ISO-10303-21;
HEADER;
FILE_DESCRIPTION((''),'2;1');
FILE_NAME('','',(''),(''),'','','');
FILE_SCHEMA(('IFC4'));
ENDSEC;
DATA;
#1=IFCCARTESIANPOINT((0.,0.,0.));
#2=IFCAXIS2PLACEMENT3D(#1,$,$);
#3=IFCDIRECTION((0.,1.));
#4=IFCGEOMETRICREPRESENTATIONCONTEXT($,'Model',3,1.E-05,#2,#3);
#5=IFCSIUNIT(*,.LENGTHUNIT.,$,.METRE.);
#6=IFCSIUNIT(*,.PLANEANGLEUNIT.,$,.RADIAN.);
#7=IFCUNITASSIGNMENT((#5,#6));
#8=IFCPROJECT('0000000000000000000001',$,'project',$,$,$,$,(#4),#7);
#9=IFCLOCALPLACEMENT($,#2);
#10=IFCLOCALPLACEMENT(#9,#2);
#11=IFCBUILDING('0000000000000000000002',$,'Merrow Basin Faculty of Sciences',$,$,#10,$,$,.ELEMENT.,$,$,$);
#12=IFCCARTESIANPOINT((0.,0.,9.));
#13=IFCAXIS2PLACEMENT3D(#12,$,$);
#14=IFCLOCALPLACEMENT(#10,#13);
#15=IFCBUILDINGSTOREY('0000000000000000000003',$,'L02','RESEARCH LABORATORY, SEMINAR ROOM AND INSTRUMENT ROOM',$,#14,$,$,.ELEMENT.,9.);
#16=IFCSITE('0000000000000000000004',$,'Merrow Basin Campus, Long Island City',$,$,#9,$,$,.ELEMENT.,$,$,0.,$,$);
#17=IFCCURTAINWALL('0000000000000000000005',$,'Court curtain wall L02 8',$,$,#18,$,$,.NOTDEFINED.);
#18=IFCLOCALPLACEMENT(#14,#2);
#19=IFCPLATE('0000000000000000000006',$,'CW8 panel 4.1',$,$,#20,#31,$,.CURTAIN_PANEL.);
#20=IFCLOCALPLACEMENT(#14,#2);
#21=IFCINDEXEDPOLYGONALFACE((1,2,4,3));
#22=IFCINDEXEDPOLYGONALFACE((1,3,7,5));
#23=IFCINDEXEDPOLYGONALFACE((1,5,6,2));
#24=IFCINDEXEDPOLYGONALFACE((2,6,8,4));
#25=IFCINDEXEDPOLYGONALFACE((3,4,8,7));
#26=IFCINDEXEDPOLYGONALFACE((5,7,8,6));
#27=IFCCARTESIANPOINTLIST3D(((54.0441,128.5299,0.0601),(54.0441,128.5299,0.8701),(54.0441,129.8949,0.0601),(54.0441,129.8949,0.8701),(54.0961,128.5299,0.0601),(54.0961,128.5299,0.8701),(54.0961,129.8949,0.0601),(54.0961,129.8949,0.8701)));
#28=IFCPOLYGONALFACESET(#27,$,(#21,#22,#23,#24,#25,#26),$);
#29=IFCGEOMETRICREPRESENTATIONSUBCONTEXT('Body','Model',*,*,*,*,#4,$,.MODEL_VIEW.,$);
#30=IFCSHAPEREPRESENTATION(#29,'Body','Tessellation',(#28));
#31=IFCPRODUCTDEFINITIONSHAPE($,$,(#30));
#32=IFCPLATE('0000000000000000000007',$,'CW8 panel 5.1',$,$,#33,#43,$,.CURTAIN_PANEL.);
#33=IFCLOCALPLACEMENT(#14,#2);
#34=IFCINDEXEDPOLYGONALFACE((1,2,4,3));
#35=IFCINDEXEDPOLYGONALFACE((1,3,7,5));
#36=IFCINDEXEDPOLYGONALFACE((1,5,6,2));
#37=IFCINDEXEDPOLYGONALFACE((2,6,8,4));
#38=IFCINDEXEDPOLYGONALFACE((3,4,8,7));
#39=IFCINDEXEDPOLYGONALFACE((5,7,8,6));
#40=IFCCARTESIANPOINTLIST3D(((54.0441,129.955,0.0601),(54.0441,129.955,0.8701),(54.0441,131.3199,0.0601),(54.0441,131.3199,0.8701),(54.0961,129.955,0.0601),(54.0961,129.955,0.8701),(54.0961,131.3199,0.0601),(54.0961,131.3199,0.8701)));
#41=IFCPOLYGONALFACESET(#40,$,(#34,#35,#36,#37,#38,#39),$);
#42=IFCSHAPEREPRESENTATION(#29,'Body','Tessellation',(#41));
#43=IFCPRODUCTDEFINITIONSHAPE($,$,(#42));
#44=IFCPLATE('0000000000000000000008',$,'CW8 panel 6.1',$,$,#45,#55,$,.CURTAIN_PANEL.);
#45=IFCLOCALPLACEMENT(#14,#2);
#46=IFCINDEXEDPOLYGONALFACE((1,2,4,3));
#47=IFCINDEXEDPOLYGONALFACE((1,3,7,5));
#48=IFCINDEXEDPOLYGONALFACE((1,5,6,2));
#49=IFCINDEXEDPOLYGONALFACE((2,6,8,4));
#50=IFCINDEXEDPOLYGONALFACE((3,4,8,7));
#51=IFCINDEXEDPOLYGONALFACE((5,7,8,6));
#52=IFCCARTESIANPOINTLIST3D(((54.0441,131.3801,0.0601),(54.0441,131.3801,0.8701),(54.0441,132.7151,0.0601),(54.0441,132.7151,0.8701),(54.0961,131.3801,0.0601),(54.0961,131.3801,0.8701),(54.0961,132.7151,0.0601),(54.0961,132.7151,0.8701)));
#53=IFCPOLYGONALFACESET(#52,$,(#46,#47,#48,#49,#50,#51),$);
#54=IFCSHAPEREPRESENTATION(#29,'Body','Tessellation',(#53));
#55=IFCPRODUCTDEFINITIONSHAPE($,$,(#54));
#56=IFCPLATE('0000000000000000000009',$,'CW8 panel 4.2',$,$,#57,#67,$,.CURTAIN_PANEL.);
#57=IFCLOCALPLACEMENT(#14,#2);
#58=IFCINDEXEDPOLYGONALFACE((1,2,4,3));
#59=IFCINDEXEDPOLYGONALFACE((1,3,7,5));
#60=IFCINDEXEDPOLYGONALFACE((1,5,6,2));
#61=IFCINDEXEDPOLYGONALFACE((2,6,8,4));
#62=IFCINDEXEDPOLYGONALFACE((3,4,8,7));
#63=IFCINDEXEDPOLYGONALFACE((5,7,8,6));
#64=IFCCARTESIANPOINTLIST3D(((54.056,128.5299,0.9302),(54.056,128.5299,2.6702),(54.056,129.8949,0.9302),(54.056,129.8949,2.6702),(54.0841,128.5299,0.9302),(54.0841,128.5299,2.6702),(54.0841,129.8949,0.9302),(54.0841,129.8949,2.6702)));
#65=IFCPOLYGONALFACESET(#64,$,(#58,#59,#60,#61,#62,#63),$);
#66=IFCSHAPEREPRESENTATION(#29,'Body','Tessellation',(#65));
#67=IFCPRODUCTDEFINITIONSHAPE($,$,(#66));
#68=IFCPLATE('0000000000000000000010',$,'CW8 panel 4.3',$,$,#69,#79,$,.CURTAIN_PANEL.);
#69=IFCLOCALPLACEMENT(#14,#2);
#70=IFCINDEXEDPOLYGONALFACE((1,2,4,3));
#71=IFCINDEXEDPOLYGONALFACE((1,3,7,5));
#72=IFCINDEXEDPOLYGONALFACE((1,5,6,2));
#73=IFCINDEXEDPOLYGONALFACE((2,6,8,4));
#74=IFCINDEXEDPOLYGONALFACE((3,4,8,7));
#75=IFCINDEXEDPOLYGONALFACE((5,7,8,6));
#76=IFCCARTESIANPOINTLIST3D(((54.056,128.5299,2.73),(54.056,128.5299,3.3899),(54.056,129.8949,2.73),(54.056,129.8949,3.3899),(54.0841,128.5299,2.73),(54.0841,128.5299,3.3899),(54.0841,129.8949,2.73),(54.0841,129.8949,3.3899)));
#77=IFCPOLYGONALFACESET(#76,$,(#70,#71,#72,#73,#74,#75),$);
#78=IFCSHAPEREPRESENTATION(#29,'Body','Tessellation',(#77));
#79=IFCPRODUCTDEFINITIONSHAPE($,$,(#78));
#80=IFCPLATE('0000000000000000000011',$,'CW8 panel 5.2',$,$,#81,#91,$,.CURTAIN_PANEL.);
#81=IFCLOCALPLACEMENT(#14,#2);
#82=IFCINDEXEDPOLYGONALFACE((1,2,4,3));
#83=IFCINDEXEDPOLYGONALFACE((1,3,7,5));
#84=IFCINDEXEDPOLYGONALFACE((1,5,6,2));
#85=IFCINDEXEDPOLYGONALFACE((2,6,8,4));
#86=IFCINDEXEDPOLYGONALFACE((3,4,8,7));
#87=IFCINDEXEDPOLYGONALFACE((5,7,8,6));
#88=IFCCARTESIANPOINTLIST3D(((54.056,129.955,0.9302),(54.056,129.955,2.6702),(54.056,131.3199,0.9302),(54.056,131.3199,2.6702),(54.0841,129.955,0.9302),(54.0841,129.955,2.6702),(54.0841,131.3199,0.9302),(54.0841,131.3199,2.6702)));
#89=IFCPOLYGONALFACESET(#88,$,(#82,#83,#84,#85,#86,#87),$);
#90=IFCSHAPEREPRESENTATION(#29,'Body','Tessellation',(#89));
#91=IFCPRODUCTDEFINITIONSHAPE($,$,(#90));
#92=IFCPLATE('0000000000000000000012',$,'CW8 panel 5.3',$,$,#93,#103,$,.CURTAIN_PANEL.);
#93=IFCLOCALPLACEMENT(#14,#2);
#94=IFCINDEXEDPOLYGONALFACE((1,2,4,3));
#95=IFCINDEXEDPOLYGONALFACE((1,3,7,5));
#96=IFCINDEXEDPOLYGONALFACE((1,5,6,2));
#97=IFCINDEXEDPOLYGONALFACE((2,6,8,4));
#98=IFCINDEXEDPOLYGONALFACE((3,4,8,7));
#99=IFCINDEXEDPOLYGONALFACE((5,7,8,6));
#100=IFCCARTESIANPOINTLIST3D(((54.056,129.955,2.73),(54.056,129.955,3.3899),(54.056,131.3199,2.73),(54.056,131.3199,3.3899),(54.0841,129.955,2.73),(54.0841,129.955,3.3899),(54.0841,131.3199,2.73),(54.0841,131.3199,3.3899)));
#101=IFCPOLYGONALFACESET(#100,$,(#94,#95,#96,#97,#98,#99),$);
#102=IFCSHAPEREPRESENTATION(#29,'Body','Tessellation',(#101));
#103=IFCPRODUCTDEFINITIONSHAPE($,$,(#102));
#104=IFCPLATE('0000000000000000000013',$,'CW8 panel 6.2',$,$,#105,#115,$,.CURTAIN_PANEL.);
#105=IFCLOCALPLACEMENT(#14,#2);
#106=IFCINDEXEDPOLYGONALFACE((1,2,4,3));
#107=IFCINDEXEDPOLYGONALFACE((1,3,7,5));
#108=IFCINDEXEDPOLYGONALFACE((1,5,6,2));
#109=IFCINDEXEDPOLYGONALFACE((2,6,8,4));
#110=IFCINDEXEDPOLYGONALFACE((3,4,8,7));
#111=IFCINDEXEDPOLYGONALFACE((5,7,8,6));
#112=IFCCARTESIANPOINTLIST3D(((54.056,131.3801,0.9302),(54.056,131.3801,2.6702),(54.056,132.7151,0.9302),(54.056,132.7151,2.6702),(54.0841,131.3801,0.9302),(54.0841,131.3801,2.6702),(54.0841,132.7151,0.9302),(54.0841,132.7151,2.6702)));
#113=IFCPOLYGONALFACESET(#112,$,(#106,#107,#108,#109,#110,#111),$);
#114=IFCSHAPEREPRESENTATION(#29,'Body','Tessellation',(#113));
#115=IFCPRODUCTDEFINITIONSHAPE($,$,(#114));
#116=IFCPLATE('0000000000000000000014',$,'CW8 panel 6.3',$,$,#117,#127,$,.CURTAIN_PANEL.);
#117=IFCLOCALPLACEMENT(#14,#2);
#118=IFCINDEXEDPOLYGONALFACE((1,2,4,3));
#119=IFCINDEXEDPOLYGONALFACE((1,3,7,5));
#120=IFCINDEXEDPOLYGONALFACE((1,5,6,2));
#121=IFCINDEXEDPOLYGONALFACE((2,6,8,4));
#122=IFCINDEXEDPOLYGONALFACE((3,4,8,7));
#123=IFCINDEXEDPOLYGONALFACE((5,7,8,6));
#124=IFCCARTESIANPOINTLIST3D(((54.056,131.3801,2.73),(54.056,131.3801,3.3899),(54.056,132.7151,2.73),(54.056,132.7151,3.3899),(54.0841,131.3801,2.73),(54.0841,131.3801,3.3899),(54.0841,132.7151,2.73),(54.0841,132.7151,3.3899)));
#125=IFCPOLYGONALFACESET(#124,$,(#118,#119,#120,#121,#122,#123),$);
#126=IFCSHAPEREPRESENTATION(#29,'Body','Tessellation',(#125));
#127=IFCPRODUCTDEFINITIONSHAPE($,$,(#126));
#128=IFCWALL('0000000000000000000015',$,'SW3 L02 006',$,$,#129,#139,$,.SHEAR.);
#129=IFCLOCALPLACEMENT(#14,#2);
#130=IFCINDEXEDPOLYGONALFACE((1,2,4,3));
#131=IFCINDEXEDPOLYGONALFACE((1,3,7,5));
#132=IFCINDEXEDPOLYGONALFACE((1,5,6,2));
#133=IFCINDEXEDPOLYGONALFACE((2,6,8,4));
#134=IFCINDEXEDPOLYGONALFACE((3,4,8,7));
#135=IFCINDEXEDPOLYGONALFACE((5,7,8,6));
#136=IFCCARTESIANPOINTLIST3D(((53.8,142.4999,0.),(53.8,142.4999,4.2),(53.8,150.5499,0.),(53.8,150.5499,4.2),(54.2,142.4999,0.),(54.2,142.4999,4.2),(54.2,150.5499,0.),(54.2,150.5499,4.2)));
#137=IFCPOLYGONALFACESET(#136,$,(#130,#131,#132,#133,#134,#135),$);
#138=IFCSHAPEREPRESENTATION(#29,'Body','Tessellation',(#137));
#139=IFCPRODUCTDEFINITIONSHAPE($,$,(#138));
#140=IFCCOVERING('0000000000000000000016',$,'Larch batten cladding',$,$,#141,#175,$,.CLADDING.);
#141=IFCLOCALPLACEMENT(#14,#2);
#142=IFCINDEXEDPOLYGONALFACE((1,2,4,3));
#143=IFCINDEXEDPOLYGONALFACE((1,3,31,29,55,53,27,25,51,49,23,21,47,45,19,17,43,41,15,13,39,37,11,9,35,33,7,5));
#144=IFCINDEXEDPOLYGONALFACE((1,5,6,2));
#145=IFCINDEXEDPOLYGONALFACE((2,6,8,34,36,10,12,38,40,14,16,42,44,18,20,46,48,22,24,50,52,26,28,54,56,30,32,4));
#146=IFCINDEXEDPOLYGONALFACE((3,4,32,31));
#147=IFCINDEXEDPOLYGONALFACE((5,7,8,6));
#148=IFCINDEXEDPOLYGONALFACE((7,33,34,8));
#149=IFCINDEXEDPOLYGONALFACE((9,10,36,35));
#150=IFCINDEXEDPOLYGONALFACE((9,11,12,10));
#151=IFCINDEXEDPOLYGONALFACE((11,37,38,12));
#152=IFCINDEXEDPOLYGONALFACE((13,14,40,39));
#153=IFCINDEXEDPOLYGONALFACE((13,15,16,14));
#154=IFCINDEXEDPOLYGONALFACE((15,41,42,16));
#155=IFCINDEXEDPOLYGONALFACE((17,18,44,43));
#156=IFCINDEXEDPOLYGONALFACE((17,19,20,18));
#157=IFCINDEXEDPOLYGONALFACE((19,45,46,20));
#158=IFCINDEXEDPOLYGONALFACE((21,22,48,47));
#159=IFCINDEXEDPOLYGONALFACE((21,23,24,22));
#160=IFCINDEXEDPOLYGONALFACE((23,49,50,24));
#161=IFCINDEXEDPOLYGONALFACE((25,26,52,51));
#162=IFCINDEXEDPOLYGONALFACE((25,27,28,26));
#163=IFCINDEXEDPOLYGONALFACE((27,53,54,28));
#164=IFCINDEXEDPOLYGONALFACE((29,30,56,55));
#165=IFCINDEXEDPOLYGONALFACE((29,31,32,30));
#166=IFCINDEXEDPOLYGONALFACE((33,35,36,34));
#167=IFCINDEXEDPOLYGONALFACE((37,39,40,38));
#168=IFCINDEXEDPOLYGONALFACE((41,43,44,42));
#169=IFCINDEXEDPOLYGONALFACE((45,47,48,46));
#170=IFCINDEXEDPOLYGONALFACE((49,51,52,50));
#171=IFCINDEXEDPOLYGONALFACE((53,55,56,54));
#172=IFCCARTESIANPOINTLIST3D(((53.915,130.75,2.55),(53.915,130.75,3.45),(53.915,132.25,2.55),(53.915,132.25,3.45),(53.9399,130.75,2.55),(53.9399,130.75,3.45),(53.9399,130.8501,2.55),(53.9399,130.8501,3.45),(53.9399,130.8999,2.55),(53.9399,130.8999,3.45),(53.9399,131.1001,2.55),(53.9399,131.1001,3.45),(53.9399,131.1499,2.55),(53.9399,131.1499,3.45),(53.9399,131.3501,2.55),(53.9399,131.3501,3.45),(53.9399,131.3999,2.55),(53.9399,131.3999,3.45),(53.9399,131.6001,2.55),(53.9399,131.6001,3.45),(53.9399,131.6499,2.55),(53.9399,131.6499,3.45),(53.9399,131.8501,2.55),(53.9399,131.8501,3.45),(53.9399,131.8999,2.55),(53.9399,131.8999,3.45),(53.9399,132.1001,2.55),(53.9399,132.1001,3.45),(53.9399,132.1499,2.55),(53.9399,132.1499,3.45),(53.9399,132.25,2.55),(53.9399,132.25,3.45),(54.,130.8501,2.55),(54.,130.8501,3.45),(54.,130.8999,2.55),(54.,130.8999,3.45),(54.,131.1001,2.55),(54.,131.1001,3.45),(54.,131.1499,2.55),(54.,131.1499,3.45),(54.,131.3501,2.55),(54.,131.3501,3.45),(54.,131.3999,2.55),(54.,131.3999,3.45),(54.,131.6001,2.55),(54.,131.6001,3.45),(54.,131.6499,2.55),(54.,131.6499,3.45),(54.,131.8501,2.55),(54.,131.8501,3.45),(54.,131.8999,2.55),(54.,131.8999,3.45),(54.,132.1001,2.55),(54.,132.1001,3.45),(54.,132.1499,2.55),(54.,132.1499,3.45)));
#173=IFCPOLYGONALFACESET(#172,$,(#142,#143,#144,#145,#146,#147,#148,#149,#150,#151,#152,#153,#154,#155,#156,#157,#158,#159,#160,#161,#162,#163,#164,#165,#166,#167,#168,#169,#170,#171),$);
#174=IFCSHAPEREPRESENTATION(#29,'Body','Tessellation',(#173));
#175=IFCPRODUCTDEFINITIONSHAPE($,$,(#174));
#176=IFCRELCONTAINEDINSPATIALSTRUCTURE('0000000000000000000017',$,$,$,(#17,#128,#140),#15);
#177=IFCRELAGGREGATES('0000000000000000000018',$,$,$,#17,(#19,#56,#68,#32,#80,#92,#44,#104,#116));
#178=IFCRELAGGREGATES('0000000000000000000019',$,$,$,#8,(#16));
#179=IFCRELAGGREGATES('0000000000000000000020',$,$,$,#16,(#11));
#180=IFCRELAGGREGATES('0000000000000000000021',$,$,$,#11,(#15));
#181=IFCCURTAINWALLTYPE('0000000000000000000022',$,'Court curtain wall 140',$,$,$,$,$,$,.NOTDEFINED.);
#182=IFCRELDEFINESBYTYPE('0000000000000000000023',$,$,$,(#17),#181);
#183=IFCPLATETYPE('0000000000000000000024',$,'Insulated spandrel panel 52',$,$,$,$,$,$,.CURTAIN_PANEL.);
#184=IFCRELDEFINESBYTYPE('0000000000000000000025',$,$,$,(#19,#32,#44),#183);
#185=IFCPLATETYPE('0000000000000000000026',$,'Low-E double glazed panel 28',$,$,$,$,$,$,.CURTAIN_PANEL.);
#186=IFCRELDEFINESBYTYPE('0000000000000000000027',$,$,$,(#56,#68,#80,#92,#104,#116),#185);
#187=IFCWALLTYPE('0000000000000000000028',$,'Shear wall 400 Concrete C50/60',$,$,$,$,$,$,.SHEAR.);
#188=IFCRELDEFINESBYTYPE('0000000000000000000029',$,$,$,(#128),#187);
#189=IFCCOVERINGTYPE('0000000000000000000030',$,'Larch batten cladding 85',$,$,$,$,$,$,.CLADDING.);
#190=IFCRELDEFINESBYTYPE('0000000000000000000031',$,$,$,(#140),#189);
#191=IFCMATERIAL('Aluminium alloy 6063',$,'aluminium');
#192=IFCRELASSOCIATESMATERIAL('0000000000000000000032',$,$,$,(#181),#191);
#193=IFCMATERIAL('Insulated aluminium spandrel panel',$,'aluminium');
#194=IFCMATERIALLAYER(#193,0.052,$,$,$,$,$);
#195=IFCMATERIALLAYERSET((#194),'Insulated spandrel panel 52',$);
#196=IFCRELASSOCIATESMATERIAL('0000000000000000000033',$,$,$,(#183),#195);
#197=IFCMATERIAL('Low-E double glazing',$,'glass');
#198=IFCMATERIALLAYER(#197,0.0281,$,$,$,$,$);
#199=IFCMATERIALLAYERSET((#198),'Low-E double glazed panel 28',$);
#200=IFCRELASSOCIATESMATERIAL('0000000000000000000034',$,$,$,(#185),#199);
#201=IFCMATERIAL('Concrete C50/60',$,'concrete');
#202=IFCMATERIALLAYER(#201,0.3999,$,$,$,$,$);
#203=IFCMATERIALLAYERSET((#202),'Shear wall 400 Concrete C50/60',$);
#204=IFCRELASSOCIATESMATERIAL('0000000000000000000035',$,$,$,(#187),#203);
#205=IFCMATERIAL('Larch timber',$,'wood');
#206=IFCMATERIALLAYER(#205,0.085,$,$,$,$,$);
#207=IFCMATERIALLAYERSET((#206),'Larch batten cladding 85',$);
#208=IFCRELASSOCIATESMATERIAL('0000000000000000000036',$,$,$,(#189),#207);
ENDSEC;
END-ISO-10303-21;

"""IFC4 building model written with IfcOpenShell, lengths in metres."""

from ifc_helpers import new_model, si_unit, direction, frame, frame_2d, origin, origin_2d, place, context, subcontext, project, spatial, polyline, rectangle, outline, extrude, source, transform, mapped, material, layer, layer_set, type_object, element, aggregate, save


model = new_model("IFC4")

# Units and contexts
model_context = context("Model", 3, precision=1e-05, world=origin(), true_north=direction((0.0, 1.0)))
body_context = subcontext(model_context, "Body", "Model", "MODEL_VIEW")
ifc_project = project(units=[si_unit("LENGTHUNIT", "METRE"), si_unit("PLANEANGLEUNIT", "RADIAN")], contexts=[model_context])

# Site, building, storey
site_placement = place(None, origin())
site = spatial("IfcSite", under=ifc_project, at=site_placement, Name="Merrow Basin Campus, Long Island City", CompositionType="ELEMENT", RefElevation=0.0)
building_placement = place(site_placement, origin())
building = spatial("IfcBuilding", under=site, at=building_placement, Name="Merrow Basin Faculty of Sciences", CompositionType="ELEMENT")
storey_placement = place(building_placement, frame((0.0, 0.0, 9.0)))
storey = spatial("IfcBuildingStorey", under=building, at=storey_placement, Name="L02", Description="RESEARCH LABORATORY, SEMINAR ROOM AND INSTRUMENT ROOM", CompositionType="ELEMENT", Elevation=9.0)

# Curtain wall, plates
ifc_material_1 = material(Name="Aluminium alloy 6063", Category="aluminium")
curtain_wall_type = type_object("IfcCurtainWallType", Name="Court curtain wall 140", PredefinedType="NOTDEFINED", material=ifc_material_1)
curtain_wall_placement = place(storey_placement, origin())
curtain_wall = element("IfcCurtainWall", 1, at=curtain_wall_placement, inside=storey, type_object=curtain_wall_type, Name="Court curtain wall L02 8", PredefinedType="NOTDEFINED")
ifc_material_2 = material(Name="Insulated aluminium spandrel panel", Category="aluminium")
ifc_layer_1 = layer(ifc_material_2, 0.052)
ifc_layer_set_1 = layer_set([ifc_layer_1], Name="Insulated spandrel panel 52")
plate_type_1 = type_object("IfcPlateType", Name="Insulated spandrel panel 52", PredefinedType="CURTAIN_PANEL", material=ifc_layer_set_1)
plate_1_placement = place(storey_placement, frame((54.0701, 129.2124, 0.0601), z_axis=(0.0, 0.0, 1.0), x_axis=(0.0, 1.0, 0.0)))
plate_1 = element("IfcPlate", 2, at=plate_1_placement, type_object=plate_type_1, Name="CW8 panel 4.1", PredefinedType="CURTAIN_PANEL", context=body_context, shape_type="SweptSolid", body=[
    extrude(rectangle(XDim=1.365, YDim=0.052, at=origin_2d()), origin(), (0.0, 0.0, 1.0), 0.8101),
])
plate_2_placement = place(storey_placement, frame((54.0701, 130.6375, 0.0601), z_axis=(0.0, 0.0, 1.0), x_axis=(0.0, 1.0, 0.0)))
plate_2 = element("IfcPlate", 3, at=plate_2_placement, type_object=plate_type_1, Name="CW8 panel 5.1", PredefinedType="CURTAIN_PANEL", context=body_context, shape_type="SweptSolid", body=[
    extrude(rectangle(XDim=1.365, YDim=0.052, at=origin_2d()), origin(), (0.0, 0.0, 1.0), 0.8101),
])
plate_3_placement = place(storey_placement, frame((54.0701, 132.0476, 0.0601), z_axis=(0.0, 0.0, 1.0), x_axis=(0.0, 1.0, 0.0)))
plate_3 = element("IfcPlate", 4, at=plate_3_placement, type_object=plate_type_1, Name="CW8 panel 6.1", PredefinedType="CURTAIN_PANEL", context=body_context, shape_type="SweptSolid", body=[
    extrude(rectangle(XDim=1.335, YDim=0.052, at=origin_2d()), origin(), (0.0, 0.0, 1.0), 0.8101),
])
ifc_material_3 = material(Name="Low-E double glazing", Category="glass")
ifc_layer_2 = layer(ifc_material_3, 0.0281)
ifc_layer_set_2 = layer_set([ifc_layer_2], Name="Low-E double glazed panel 28")
plate_type_2 = type_object("IfcPlateType", Name="Low-E double glazed panel 28", PredefinedType="CURTAIN_PANEL", material=ifc_layer_set_2)
plate_4_placement = place(storey_placement, frame((54.0701, 129.2124, 0.9302), z_axis=(0.0, 0.0, 1.0), x_axis=(0.0, 1.0, 0.0)))
plate_4 = element("IfcPlate", 5, at=plate_4_placement, type_object=plate_type_2, Name="CW8 panel 4.2", PredefinedType="CURTAIN_PANEL", context=body_context, shape_type="SweptSolid", body=[
    extrude(rectangle(XDim=1.365, YDim=0.0281, at=origin_2d()), origin(), (0.0, 0.0, 1.0), 1.74),
])
plate_5_placement = place(storey_placement, frame((54.0701, 129.2124, 2.73), z_axis=(0.0, 0.0, 1.0), x_axis=(0.0, 1.0, 0.0)))
plate_5 = element("IfcPlate", 6, at=plate_5_placement, type_object=plate_type_2, Name="CW8 panel 4.3", PredefinedType="CURTAIN_PANEL", context=body_context, shape_type="SweptSolid", body=[
    extrude(rectangle(XDim=1.365, YDim=0.0281, at=origin_2d()), origin(), (0.0, 0.0, 1.0), 0.6599),
])
plate_6_placement = place(storey_placement, frame((54.0701, 130.6375, 0.9302), z_axis=(0.0, 0.0, 1.0), x_axis=(0.0, 1.0, 0.0)))
plate_6 = element("IfcPlate", 7, at=plate_6_placement, type_object=plate_type_2, Name="CW8 panel 5.2", PredefinedType="CURTAIN_PANEL", context=body_context, shape_type="SweptSolid", body=[
    extrude(rectangle(XDim=1.365, YDim=0.0281, at=origin_2d()), origin(), (0.0, 0.0, 1.0), 1.74),
])
plate_7_placement = place(storey_placement, frame((54.0701, 130.6375, 2.73), z_axis=(0.0, 0.0, 1.0), x_axis=(0.0, 1.0, 0.0)))
plate_7 = element("IfcPlate", 8, at=plate_7_placement, type_object=plate_type_2, Name="CW8 panel 5.3", PredefinedType="CURTAIN_PANEL", context=body_context, shape_type="SweptSolid", body=[
    extrude(rectangle(XDim=1.365, YDim=0.0281, at=origin_2d()), origin(), (0.0, 0.0, 1.0), 0.6599),
])
plate_8_placement = place(storey_placement, frame((54.0701, 132.0476, 0.9302), z_axis=(0.0, 0.0, 1.0), x_axis=(0.0, 1.0, 0.0)))
plate_8 = element("IfcPlate", 9, at=plate_8_placement, type_object=plate_type_2, Name="CW8 panel 6.2", PredefinedType="CURTAIN_PANEL", context=body_context, shape_type="SweptSolid", body=[
    extrude(rectangle(XDim=1.335, YDim=0.0281, at=origin_2d()), origin(), (0.0, 0.0, 1.0), 1.74),
])
plate_9_placement = place(storey_placement, frame((54.0701, 132.0476, 2.73), z_axis=(0.0, 0.0, 1.0), x_axis=(0.0, 1.0, 0.0)))
plate_9 = element("IfcPlate", 10, at=plate_9_placement, type_object=plate_type_2, Name="CW8 panel 6.3", PredefinedType="CURTAIN_PANEL", context=body_context, shape_type="SweptSolid", body=[
    extrude(rectangle(XDim=1.335, YDim=0.0281, at=origin_2d()), origin(), (0.0, 0.0, 1.0), 0.6599),
])
aggregate(curtain_wall, [plate_1, plate_4, plate_5, plate_2, plate_6, plate_7, plate_3, plate_8, plate_9])

# Wall
ifc_material_4 = material(Name="Concrete C50/60", Category="concrete")
ifc_layer_3 = layer(ifc_material_4, 0.3999)
ifc_layer_set_3 = layer_set([ifc_layer_3], Name="Shear wall 400 Concrete C50/60")
wall_type = type_object("IfcWallType", Name="Shear wall 400 Concrete C50/60", PredefinedType="SHEAR", material=ifc_layer_set_3)
wall_placement = place(storey_placement, frame((54.0, 142.5, 0.0), z_axis=(0.0, 0.0, 1.0), x_axis=(0.0, 1.0, 0.0)))
element("IfcWall", 11, at=wall_placement, inside=storey, type_object=wall_type, Name="SW3 L02 006", PredefinedType="SHEAR", context=body_context, shape_type="SweptSolid", body=[
    extrude(rectangle(XDim=8.05, YDim=0.3999, at=frame_2d((4.0249, 0.0))), origin(), (0.0, 0.0, 1.0), 4.2),
])

# Covering
ifc_material_5 = material(Name="Larch timber", Category="wood")
ifc_layer_4 = layer(ifc_material_5, 0.085)
ifc_layer_set_4 = layer_set([ifc_layer_4], Name="Larch batten cladding 85")
covering_type = type_object("IfcCoveringType", Name="Larch batten cladding 85", PredefinedType="CLADDING", material=ifc_layer_set_4)
shared_shape_1 = source(origin(), body_context, "Body", "SweptSolid", [
    extrude(outline(polyline([(0.0, 0.0), (1.5, 0.0), (1.5, 0.0249), (1.3999, 0.0249), (1.3999, 0.085), (1.3501, 0.085), (1.3501, 0.0249), (1.1499, 0.0249), (1.1499, 0.085), (1.1001, 0.085), (1.1001, 0.0249), (0.8999, 0.0249), (0.8999, 0.085), (0.8501, 0.085), (0.8501, 0.0249), (0.6499, 0.0249), (0.6499, 0.085), (0.6001, 0.085), (0.6001, 0.0249), (0.3999, 0.0249), (0.3999, 0.085), (0.3501, 0.085), (0.3501, 0.0249), (0.1499, 0.0249), (0.1499, 0.085), (0.1001, 0.085), (0.1001, 0.0249), (0.0, 0.0249), (0.0, 0.0)])), origin(), (0.0, 0.0, 1.0), 0.8999),
])
covering_1_placement = place(storey_placement, frame((53.915, 132.25, 2.55), z_axis=(0.0, 0.0, 1.0), x_axis=(0.0, -1.0, 0.0)))
element("IfcCovering", 12, at=covering_1_placement, inside=storey, type_object=covering_type, Name="Larch batten cladding", PredefinedType="CLADDING", context=body_context, shape_type="MappedRepresentation", body=[
    mapped(shared_shape_1, transform((0.0, 0.0, 0.0), scale=1.0)),
])

save(model, "model.ifc")
